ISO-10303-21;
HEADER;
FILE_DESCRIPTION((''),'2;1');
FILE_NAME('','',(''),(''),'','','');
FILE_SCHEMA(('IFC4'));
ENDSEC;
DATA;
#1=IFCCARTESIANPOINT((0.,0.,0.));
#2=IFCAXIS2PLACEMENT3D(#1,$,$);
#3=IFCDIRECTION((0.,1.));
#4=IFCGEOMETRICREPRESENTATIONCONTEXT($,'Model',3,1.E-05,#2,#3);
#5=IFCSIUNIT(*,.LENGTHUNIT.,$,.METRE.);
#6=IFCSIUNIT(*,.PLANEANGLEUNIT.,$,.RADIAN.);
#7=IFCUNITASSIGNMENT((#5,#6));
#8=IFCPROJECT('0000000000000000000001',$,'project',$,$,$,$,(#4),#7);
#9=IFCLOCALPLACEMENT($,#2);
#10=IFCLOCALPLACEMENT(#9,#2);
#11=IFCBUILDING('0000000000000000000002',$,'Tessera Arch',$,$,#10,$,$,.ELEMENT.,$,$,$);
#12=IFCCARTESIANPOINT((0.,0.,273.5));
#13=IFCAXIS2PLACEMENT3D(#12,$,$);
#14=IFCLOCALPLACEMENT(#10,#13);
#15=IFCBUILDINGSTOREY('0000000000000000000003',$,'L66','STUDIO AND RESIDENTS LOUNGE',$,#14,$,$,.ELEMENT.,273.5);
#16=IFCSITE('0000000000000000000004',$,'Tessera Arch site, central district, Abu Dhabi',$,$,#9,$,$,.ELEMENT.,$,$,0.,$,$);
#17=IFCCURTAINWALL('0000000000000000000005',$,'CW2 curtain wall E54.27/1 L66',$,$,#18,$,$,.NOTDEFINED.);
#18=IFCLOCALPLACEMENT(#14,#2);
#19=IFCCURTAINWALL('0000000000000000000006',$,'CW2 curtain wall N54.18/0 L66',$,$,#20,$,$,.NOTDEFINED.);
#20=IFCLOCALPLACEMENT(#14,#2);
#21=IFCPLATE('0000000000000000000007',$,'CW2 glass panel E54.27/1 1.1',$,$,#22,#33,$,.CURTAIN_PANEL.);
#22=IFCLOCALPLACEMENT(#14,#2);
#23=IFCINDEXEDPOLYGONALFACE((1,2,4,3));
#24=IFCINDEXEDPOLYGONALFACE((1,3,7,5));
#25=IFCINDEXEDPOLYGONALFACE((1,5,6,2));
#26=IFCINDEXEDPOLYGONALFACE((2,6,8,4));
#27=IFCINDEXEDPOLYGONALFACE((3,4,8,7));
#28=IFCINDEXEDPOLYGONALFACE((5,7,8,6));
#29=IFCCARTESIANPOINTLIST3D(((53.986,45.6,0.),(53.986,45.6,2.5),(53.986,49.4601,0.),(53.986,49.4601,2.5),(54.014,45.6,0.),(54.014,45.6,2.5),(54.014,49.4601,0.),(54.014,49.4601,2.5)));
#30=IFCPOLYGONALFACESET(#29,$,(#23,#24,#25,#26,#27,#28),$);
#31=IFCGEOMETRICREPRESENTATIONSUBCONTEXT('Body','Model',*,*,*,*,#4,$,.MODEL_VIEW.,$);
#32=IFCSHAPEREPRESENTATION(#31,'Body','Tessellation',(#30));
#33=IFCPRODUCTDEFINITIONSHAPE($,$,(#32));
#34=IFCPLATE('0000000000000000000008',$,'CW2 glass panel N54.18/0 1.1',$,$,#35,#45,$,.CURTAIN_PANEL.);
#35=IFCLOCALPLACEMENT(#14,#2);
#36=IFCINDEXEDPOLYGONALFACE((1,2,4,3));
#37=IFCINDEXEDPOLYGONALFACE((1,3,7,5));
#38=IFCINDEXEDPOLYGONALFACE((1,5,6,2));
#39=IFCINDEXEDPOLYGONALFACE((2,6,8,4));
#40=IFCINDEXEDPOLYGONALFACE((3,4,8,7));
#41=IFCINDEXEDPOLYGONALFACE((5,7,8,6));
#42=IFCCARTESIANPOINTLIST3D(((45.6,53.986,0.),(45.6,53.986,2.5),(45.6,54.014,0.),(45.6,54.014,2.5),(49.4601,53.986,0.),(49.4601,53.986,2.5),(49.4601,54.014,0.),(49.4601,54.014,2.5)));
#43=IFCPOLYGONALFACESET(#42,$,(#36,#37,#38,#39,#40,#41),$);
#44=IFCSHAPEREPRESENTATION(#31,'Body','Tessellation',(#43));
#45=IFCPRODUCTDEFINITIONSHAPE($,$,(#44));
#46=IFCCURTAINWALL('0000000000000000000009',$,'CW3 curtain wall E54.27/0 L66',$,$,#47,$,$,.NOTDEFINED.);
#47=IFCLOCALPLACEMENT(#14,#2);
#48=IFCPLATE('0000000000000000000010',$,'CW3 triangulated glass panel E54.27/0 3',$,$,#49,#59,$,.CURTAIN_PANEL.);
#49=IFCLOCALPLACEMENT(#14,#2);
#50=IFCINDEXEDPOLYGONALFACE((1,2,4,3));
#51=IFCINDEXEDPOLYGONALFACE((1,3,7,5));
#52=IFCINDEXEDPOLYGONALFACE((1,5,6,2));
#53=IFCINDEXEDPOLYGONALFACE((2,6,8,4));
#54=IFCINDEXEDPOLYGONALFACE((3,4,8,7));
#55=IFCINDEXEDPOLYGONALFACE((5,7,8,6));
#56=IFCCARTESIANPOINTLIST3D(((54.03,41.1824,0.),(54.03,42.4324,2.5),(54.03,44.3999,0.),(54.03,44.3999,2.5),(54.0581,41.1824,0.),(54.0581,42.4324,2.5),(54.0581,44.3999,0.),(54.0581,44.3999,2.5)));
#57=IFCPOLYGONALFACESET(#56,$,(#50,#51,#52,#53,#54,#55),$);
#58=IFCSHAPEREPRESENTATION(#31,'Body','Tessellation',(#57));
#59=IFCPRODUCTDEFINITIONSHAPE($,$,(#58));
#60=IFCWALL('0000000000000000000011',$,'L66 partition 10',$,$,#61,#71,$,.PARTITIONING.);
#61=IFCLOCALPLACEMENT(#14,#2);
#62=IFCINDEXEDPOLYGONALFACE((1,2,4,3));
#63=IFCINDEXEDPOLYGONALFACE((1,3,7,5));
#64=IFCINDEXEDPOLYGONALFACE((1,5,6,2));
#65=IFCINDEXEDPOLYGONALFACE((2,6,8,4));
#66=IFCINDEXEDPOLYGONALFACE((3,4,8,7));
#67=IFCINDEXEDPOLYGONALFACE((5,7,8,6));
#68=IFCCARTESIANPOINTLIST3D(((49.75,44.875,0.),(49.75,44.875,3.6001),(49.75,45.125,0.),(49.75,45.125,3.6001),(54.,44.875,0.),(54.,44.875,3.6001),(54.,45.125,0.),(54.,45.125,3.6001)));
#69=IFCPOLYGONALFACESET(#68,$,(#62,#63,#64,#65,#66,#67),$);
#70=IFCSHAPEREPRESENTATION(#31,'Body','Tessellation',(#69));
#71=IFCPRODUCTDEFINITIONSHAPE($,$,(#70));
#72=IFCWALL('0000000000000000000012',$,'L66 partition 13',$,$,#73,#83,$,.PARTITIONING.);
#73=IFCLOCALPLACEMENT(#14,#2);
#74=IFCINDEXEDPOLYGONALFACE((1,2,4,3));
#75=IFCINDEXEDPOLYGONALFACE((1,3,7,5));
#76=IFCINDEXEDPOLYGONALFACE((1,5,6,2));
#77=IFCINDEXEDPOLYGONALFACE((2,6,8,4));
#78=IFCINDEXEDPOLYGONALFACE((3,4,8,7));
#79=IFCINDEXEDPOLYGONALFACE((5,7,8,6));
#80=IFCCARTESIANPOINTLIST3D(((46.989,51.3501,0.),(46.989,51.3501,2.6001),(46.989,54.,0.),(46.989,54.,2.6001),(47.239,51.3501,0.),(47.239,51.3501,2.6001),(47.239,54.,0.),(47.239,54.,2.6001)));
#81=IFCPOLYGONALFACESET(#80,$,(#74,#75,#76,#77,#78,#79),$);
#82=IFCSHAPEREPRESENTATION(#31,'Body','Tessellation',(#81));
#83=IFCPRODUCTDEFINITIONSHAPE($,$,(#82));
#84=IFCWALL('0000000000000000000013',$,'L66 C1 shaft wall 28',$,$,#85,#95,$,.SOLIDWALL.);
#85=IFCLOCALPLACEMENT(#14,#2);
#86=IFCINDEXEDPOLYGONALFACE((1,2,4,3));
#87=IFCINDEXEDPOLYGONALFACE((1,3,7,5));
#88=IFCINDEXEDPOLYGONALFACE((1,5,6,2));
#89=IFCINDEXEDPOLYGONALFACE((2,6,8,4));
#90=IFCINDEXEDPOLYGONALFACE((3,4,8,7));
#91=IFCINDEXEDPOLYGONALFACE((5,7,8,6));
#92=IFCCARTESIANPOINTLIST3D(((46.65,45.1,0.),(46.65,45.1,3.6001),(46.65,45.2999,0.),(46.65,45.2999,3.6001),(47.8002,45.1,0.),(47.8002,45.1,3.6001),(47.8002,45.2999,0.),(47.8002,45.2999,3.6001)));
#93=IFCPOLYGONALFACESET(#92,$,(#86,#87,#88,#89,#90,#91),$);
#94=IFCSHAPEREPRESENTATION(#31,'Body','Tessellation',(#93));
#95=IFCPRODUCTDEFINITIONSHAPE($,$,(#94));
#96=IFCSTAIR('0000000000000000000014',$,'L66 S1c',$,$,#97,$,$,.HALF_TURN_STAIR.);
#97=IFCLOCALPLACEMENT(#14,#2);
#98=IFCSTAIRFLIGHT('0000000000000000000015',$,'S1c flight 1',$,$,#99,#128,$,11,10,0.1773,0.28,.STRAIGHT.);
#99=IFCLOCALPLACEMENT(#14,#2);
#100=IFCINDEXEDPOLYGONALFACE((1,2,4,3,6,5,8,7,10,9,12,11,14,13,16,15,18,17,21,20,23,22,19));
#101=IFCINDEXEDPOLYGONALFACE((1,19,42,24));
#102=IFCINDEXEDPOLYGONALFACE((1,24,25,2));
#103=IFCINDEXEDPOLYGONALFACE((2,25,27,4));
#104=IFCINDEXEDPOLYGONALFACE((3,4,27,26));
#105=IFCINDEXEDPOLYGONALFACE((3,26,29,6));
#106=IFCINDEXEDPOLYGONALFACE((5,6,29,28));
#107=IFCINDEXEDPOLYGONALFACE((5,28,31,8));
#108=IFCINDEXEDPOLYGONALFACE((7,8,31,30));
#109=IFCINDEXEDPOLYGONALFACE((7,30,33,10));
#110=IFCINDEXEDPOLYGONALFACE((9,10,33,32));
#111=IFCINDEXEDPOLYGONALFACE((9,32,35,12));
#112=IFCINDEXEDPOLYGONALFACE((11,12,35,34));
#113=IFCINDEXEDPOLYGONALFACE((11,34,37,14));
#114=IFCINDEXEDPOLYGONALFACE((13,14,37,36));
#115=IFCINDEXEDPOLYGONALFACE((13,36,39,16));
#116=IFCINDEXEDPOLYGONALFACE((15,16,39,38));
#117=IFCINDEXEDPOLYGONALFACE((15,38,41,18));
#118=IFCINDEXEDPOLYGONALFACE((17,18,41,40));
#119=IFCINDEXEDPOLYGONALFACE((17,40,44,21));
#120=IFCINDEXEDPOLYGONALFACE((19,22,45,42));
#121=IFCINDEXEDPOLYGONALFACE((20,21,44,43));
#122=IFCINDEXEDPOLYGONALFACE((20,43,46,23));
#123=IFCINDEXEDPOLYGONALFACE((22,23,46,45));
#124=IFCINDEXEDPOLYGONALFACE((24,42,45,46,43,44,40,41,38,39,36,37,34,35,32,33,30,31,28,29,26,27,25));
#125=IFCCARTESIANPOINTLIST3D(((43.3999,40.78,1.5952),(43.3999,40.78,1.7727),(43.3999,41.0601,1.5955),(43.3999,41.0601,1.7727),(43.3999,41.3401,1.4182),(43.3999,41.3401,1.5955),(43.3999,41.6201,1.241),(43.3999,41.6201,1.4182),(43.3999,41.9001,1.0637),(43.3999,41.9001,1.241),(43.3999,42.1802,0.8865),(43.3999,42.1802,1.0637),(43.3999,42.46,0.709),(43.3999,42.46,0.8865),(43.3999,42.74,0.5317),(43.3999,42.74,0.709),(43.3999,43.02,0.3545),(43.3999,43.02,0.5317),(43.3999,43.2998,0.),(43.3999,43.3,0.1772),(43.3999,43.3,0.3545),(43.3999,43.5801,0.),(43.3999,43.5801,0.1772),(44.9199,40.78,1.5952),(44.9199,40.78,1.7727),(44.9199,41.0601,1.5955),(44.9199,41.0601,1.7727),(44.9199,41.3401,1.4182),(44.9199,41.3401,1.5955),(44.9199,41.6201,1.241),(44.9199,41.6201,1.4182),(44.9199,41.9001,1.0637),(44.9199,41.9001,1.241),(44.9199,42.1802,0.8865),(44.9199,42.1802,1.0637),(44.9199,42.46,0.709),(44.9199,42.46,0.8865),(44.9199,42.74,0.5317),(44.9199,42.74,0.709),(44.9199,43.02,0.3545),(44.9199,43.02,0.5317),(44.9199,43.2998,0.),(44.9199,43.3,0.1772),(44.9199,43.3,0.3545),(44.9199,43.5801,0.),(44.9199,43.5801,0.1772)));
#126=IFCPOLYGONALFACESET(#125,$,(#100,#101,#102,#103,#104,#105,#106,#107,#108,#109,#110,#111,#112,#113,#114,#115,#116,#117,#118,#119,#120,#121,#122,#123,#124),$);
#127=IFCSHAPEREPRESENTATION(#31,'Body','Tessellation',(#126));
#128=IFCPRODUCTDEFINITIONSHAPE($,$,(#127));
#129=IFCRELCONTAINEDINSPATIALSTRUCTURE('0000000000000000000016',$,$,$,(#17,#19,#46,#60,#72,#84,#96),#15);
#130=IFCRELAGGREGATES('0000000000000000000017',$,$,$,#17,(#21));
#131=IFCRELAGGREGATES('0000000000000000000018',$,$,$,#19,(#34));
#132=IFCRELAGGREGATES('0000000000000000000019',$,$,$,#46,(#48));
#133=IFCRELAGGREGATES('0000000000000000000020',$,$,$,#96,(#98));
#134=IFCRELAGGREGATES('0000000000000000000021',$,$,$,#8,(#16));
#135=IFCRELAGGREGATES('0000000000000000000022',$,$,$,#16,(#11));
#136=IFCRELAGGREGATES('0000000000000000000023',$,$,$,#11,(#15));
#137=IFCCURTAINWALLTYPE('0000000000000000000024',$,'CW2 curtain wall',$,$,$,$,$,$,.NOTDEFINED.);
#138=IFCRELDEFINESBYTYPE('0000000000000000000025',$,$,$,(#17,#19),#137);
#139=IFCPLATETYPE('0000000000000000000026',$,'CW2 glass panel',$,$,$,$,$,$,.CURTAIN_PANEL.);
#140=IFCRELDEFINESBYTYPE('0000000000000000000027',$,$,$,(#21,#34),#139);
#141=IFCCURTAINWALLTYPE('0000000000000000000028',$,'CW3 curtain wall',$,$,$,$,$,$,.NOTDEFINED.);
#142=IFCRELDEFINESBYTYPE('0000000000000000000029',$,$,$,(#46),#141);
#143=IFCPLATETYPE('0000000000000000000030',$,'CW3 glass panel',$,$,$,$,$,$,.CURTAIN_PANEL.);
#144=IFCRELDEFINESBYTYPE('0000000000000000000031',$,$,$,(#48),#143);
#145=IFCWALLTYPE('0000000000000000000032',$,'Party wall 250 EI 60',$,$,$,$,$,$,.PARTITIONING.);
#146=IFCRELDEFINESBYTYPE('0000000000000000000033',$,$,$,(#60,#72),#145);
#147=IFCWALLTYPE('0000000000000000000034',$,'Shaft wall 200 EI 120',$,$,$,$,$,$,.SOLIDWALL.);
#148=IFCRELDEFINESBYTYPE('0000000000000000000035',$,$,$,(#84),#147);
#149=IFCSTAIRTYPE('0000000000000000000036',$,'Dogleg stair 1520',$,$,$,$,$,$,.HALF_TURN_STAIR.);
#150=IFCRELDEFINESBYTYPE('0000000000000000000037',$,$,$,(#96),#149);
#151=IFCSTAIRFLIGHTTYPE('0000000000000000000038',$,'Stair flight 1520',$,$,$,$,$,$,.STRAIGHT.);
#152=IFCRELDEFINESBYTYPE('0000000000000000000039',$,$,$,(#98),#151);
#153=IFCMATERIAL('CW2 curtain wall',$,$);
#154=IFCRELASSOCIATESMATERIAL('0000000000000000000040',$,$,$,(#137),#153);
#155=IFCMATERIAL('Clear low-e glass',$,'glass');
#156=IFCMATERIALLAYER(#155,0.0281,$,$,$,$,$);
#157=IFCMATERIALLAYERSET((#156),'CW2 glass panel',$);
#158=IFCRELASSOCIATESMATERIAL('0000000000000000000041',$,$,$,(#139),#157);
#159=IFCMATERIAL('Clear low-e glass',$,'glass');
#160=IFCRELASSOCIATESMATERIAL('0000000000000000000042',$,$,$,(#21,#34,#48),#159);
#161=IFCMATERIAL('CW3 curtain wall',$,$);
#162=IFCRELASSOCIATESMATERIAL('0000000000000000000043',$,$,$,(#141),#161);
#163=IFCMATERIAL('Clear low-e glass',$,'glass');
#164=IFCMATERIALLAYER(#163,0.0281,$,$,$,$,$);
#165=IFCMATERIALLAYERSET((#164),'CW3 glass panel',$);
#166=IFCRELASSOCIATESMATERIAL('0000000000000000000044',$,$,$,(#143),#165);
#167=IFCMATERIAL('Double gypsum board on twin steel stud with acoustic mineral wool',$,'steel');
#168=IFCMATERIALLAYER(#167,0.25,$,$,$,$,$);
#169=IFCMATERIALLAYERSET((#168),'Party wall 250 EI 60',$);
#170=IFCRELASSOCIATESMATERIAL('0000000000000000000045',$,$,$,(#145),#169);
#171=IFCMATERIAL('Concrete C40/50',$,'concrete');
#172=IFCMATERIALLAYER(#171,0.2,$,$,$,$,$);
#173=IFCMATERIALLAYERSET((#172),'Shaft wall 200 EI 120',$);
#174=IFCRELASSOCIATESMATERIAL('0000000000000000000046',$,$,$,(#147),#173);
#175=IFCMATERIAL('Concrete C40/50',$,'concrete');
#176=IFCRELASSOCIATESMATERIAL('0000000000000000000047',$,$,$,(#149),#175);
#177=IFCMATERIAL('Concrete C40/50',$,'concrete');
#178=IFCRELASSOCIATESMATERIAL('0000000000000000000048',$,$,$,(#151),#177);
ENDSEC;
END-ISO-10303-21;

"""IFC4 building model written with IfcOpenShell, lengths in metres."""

from ifc_helpers import new_model, si_unit, direction, frame, frame_2d, origin, origin_2d, place, context, subcontext, project, spatial, polyline, rectangle, outline, extrude, material, layer, layer_set, type_object, element, aggregate, save


model = new_model("IFC4")

# Units and contexts
model_context = context("Model", 3, precision=1e-05, world=origin(), true_north=direction((0.0, 1.0)))
body_context = subcontext(model_context, "Body", "Model", "MODEL_VIEW")
ifc_project = project(units=[si_unit("LENGTHUNIT", "METRE"), si_unit("PLANEANGLEUNIT", "RADIAN")], contexts=[model_context])

# Site, building, storey
site_placement = place(None, origin())
site = spatial("IfcSite", under=ifc_project, at=site_placement, Name="Tessera Arch site, central district, Abu Dhabi", CompositionType="ELEMENT", RefElevation=0.0)
building_placement = place(site_placement, origin())
building = spatial("IfcBuilding", under=site, at=building_placement, Name="Tessera Arch", CompositionType="ELEMENT")
storey_placement = place(building_placement, frame((0.0, 0.0, 273.5)))
storey = spatial("IfcBuildingStorey", under=building, at=storey_placement, Name="L66", Description="STUDIO AND RESIDENTS LOUNGE", CompositionType="ELEMENT", Elevation=273.5)

# Curtain walls
ifc_material_1 = material(Name="CW2 curtain wall")
curtain_wall_type_1 = type_object("IfcCurtainWallType", Name="CW2 curtain wall", PredefinedType="NOTDEFINED", material=ifc_material_1)
curtain_wall_1_placement = place(storey_placement, origin())
curtain_wall_1 = element("IfcCurtainWall", 1, at=curtain_wall_1_placement, inside=storey, type_object=curtain_wall_type_1, Name="CW2 curtain wall E54.27/1 L66", PredefinedType="NOTDEFINED")
curtain_wall_2_placement = place(storey_placement, origin())
curtain_wall_2 = element("IfcCurtainWall", 2, at=curtain_wall_2_placement, inside=storey, type_object=curtain_wall_type_1, Name="CW2 curtain wall N54.18/0 L66", PredefinedType="NOTDEFINED")

# Plates
ifc_material_2 = material(Name="Clear low-e glass", Category="glass")
ifc_material_3 = material(Name="Clear low-e glass", Category="glass")
ifc_layer_1 = layer(ifc_material_3, 0.0281)
ifc_layer_set_1 = layer_set([ifc_layer_1], Name="CW2 glass panel")
plate_type_1 = type_object("IfcPlateType", Name="CW2 glass panel", PredefinedType="CURTAIN_PANEL", material=ifc_layer_set_1)
plate_1_placement = place(storey_placement, frame((54.0, 47.53, 0.0), z_axis=(0.0, 0.0, 1.0), x_axis=(0.0, 1.0, 0.0)))
plate_1 = element("IfcPlate", 3, at=plate_1_placement, type_object=plate_type_1, material=ifc_material_2, Name="CW2 glass panel E54.27/1 1.1", PredefinedType="CURTAIN_PANEL", context=body_context, shape_type="SweptSolid", body=[
    extrude(rectangle(XDim=3.8601, YDim=0.0281, at=origin_2d()), origin(), (0.0, 0.0, 1.0), 2.5),
])
aggregate(curtain_wall_1, [plate_1])
plate_2_placement = place(storey_placement, frame((47.53, 54.0, 0.0), z_axis=(0.0, 0.0, 1.0), x_axis=(-1.0, 0.0, 0.0)))
plate_2 = element("IfcPlate", 4, at=plate_2_placement, type_object=plate_type_1, material=ifc_material_2, Name="CW2 glass panel N54.18/0 1.1", PredefinedType="CURTAIN_PANEL", context=body_context, shape_type="SweptSolid", body=[
    extrude(rectangle(XDim=3.8601, YDim=0.0281, at=origin_2d()), origin(), (0.0, 0.0, 1.0), 2.5),
])
aggregate(curtain_wall_2, [plate_2])

# Curtain wall, plate
ifc_material_4 = material(Name="CW3 curtain wall")
curtain_wall_type_2 = type_object("IfcCurtainWallType", Name="CW3 curtain wall", PredefinedType="NOTDEFINED", material=ifc_material_4)
curtain_wall_3_placement = place(storey_placement, origin())
curtain_wall_3 = element("IfcCurtainWall", 5, at=curtain_wall_3_placement, inside=storey, type_object=curtain_wall_type_2, Name="CW3 curtain wall E54.27/0 L66", PredefinedType="NOTDEFINED")
ifc_material_5 = material(Name="Clear low-e glass", Category="glass")
ifc_layer_2 = layer(ifc_material_5, 0.0281)
ifc_layer_set_2 = layer_set([ifc_layer_2], Name="CW3 glass panel")
plate_type_2 = type_object("IfcPlateType", Name="CW3 glass panel", PredefinedType="CURTAIN_PANEL", material=ifc_layer_set_2)
plate_3_placement = place(storey_placement, frame((54.0581, 44.3999, 2.5), z_axis=(1.0, 0.0, 0.0), x_axis=(0.0, -1.0, 0.0)))
plate_3 = element("IfcPlate", 6, at=plate_3_placement, type_object=plate_type_2, material=ifc_material_2, Name="CW3 triangulated glass panel E54.27/0 3", PredefinedType="CURTAIN_PANEL", context=body_context, shape_type="SweptSolid", body=[
    extrude(outline(polyline([(0.0, 0.0), (1.9675, 0.0), (3.2175, 2.5), (0.0, 2.5), (0.0, 0.0)])), origin(), (0.0, 0.0, -1.0), 0.0281),
])
aggregate(curtain_wall_3, [plate_3])

# Walls
ifc_material_6 = material(Name="Double gypsum board on twin steel stud with acoustic mineral wool", Category="steel")
ifc_layer_3 = layer(ifc_material_6, 0.25)
ifc_layer_set_3 = layer_set([ifc_layer_3], Name="Party wall 250 EI 60")
wall_type_1 = type_object("IfcWallType", Name="Party wall 250 EI 60", PredefinedType="PARTITIONING", material=ifc_layer_set_3)
wall_1_placement = place(storey_placement, frame((49.75, 45.0, 0.0), z_axis=(0.0, 0.0, 1.0), x_axis=(1.0, 0.0, 0.0)))
element("IfcWall", 7, at=wall_1_placement, inside=storey, type_object=wall_type_1, Name="L66 partition 10", PredefinedType="PARTITIONING", context=body_context, shape_type="SweptSolid", body=[
    extrude(rectangle(XDim=4.25, YDim=0.25, at=frame_2d((2.125, 0.0))), origin(), (0.0, 0.0, 1.0), 3.6001),
])
wall_2_placement = place(storey_placement, frame((47.114, 51.3501, 0.0), z_axis=(0.0, 0.0, 1.0), x_axis=(0.0, 1.0, 0.0)))
element("IfcWall", 8, at=wall_2_placement, inside=storey, type_object=wall_type_1, Name="L66 partition 13", PredefinedType="PARTITIONING", context=body_context, shape_type="SweptSolid", body=[
    extrude(rectangle(XDim=2.6499, YDim=0.25, at=frame_2d((1.325, 0.0))), origin(), (0.0, 0.0, 1.0), 2.6001),
])
ifc_material_7 = material(Name="Concrete C40/50", Category="concrete")
ifc_layer_4 = layer(ifc_material_7, 0.2)
ifc_layer_set_4 = layer_set([ifc_layer_4], Name="Shaft wall 200 EI 120")
wall_type_2 = type_object("IfcWallType", Name="Shaft wall 200 EI 120", PredefinedType="SOLIDWALL", material=ifc_layer_set_4)
wall_3_placement = place(storey_placement, frame((46.6499, 45.2, 0.0), z_axis=(0.0, 0.0, 1.0), x_axis=(1.0, 0.0, 0.0)))
element("IfcWall", 9, at=wall_3_placement, inside=storey, type_object=wall_type_2, Name="L66 C1 shaft wall 28", PredefinedType="SOLIDWALL", context=body_context, shape_type="SweptSolid", body=[
    extrude(rectangle(XDim=1.1501, YDim=0.2, at=frame_2d((0.5752, 0.0))), origin(), (0.0, 0.0, 1.0), 3.6001),
])

# Stair, stair flight
ifc_material_8 = material(Name="Concrete C40/50", Category="concrete")
stair_type = type_object("IfcStairType", Name="Dogleg stair 1520", PredefinedType="HALF_TURN_STAIR", material=ifc_material_8)
stair_placement = place(storey_placement, origin())
stair = element("IfcStair", 10, at=stair_placement, inside=storey, type_object=stair_type, Name="L66 S1c", PredefinedType="HALF_TURN_STAIR")
ifc_material_9 = material(Name="Concrete C40/50", Category="concrete")
stair_flight_type = type_object("IfcStairFlightType", Name="Stair flight 1520", PredefinedType="STRAIGHT", material=ifc_material_9)
stair_flight_placement = place(storey_placement, frame((44.1599, 43.5801, 0.0), z_axis=(0.0, 0.0, 1.0), x_axis=(0.0, -1.0, 0.0)))
stair_flight = element("IfcStairFlight", 11, at=stair_flight_placement, type_object=stair_flight_type, Name="S1c flight 1", NumberOfRisers=11, NumberOfTreads=10, PredefinedType="STRAIGHT", RiserHeight=0.1773, TreadLength=0.28, context=body_context, shape_type="SweptSolid", body=[
    extrude(outline(polyline([(0.0, 0.0), (0.0, 0.1772), (0.28, 0.1772), (0.28, 0.3545), (0.5601, 0.3545), (0.5601, 0.5317), (0.8401, 0.5317), (0.8401, 0.709), (1.1201, 0.709), (1.1201, 0.8865), (1.3999, 0.8865), (1.3999, 1.0637), (1.6799, 1.0637), (1.6799, 1.241), (1.96, 1.241), (1.96, 1.4182), (2.24, 1.4182), (2.24, 1.5955), (2.52, 1.5955), (2.52, 1.7727), (2.8, 1.7727), (2.8, 1.95), (2.8, 1.5952), (0.2803, 0.0), (0.0, 0.0)])), frame((0.0, 0.76, 0.0), z_axis=(0.0, -1.0, 0.0), x_axis=(1.0, 0.0, 0.0)), (0.0, 0.0, 1.0), 1.52),
])
aggregate(stair, [stair_flight])

save(model, "model.ifc")
